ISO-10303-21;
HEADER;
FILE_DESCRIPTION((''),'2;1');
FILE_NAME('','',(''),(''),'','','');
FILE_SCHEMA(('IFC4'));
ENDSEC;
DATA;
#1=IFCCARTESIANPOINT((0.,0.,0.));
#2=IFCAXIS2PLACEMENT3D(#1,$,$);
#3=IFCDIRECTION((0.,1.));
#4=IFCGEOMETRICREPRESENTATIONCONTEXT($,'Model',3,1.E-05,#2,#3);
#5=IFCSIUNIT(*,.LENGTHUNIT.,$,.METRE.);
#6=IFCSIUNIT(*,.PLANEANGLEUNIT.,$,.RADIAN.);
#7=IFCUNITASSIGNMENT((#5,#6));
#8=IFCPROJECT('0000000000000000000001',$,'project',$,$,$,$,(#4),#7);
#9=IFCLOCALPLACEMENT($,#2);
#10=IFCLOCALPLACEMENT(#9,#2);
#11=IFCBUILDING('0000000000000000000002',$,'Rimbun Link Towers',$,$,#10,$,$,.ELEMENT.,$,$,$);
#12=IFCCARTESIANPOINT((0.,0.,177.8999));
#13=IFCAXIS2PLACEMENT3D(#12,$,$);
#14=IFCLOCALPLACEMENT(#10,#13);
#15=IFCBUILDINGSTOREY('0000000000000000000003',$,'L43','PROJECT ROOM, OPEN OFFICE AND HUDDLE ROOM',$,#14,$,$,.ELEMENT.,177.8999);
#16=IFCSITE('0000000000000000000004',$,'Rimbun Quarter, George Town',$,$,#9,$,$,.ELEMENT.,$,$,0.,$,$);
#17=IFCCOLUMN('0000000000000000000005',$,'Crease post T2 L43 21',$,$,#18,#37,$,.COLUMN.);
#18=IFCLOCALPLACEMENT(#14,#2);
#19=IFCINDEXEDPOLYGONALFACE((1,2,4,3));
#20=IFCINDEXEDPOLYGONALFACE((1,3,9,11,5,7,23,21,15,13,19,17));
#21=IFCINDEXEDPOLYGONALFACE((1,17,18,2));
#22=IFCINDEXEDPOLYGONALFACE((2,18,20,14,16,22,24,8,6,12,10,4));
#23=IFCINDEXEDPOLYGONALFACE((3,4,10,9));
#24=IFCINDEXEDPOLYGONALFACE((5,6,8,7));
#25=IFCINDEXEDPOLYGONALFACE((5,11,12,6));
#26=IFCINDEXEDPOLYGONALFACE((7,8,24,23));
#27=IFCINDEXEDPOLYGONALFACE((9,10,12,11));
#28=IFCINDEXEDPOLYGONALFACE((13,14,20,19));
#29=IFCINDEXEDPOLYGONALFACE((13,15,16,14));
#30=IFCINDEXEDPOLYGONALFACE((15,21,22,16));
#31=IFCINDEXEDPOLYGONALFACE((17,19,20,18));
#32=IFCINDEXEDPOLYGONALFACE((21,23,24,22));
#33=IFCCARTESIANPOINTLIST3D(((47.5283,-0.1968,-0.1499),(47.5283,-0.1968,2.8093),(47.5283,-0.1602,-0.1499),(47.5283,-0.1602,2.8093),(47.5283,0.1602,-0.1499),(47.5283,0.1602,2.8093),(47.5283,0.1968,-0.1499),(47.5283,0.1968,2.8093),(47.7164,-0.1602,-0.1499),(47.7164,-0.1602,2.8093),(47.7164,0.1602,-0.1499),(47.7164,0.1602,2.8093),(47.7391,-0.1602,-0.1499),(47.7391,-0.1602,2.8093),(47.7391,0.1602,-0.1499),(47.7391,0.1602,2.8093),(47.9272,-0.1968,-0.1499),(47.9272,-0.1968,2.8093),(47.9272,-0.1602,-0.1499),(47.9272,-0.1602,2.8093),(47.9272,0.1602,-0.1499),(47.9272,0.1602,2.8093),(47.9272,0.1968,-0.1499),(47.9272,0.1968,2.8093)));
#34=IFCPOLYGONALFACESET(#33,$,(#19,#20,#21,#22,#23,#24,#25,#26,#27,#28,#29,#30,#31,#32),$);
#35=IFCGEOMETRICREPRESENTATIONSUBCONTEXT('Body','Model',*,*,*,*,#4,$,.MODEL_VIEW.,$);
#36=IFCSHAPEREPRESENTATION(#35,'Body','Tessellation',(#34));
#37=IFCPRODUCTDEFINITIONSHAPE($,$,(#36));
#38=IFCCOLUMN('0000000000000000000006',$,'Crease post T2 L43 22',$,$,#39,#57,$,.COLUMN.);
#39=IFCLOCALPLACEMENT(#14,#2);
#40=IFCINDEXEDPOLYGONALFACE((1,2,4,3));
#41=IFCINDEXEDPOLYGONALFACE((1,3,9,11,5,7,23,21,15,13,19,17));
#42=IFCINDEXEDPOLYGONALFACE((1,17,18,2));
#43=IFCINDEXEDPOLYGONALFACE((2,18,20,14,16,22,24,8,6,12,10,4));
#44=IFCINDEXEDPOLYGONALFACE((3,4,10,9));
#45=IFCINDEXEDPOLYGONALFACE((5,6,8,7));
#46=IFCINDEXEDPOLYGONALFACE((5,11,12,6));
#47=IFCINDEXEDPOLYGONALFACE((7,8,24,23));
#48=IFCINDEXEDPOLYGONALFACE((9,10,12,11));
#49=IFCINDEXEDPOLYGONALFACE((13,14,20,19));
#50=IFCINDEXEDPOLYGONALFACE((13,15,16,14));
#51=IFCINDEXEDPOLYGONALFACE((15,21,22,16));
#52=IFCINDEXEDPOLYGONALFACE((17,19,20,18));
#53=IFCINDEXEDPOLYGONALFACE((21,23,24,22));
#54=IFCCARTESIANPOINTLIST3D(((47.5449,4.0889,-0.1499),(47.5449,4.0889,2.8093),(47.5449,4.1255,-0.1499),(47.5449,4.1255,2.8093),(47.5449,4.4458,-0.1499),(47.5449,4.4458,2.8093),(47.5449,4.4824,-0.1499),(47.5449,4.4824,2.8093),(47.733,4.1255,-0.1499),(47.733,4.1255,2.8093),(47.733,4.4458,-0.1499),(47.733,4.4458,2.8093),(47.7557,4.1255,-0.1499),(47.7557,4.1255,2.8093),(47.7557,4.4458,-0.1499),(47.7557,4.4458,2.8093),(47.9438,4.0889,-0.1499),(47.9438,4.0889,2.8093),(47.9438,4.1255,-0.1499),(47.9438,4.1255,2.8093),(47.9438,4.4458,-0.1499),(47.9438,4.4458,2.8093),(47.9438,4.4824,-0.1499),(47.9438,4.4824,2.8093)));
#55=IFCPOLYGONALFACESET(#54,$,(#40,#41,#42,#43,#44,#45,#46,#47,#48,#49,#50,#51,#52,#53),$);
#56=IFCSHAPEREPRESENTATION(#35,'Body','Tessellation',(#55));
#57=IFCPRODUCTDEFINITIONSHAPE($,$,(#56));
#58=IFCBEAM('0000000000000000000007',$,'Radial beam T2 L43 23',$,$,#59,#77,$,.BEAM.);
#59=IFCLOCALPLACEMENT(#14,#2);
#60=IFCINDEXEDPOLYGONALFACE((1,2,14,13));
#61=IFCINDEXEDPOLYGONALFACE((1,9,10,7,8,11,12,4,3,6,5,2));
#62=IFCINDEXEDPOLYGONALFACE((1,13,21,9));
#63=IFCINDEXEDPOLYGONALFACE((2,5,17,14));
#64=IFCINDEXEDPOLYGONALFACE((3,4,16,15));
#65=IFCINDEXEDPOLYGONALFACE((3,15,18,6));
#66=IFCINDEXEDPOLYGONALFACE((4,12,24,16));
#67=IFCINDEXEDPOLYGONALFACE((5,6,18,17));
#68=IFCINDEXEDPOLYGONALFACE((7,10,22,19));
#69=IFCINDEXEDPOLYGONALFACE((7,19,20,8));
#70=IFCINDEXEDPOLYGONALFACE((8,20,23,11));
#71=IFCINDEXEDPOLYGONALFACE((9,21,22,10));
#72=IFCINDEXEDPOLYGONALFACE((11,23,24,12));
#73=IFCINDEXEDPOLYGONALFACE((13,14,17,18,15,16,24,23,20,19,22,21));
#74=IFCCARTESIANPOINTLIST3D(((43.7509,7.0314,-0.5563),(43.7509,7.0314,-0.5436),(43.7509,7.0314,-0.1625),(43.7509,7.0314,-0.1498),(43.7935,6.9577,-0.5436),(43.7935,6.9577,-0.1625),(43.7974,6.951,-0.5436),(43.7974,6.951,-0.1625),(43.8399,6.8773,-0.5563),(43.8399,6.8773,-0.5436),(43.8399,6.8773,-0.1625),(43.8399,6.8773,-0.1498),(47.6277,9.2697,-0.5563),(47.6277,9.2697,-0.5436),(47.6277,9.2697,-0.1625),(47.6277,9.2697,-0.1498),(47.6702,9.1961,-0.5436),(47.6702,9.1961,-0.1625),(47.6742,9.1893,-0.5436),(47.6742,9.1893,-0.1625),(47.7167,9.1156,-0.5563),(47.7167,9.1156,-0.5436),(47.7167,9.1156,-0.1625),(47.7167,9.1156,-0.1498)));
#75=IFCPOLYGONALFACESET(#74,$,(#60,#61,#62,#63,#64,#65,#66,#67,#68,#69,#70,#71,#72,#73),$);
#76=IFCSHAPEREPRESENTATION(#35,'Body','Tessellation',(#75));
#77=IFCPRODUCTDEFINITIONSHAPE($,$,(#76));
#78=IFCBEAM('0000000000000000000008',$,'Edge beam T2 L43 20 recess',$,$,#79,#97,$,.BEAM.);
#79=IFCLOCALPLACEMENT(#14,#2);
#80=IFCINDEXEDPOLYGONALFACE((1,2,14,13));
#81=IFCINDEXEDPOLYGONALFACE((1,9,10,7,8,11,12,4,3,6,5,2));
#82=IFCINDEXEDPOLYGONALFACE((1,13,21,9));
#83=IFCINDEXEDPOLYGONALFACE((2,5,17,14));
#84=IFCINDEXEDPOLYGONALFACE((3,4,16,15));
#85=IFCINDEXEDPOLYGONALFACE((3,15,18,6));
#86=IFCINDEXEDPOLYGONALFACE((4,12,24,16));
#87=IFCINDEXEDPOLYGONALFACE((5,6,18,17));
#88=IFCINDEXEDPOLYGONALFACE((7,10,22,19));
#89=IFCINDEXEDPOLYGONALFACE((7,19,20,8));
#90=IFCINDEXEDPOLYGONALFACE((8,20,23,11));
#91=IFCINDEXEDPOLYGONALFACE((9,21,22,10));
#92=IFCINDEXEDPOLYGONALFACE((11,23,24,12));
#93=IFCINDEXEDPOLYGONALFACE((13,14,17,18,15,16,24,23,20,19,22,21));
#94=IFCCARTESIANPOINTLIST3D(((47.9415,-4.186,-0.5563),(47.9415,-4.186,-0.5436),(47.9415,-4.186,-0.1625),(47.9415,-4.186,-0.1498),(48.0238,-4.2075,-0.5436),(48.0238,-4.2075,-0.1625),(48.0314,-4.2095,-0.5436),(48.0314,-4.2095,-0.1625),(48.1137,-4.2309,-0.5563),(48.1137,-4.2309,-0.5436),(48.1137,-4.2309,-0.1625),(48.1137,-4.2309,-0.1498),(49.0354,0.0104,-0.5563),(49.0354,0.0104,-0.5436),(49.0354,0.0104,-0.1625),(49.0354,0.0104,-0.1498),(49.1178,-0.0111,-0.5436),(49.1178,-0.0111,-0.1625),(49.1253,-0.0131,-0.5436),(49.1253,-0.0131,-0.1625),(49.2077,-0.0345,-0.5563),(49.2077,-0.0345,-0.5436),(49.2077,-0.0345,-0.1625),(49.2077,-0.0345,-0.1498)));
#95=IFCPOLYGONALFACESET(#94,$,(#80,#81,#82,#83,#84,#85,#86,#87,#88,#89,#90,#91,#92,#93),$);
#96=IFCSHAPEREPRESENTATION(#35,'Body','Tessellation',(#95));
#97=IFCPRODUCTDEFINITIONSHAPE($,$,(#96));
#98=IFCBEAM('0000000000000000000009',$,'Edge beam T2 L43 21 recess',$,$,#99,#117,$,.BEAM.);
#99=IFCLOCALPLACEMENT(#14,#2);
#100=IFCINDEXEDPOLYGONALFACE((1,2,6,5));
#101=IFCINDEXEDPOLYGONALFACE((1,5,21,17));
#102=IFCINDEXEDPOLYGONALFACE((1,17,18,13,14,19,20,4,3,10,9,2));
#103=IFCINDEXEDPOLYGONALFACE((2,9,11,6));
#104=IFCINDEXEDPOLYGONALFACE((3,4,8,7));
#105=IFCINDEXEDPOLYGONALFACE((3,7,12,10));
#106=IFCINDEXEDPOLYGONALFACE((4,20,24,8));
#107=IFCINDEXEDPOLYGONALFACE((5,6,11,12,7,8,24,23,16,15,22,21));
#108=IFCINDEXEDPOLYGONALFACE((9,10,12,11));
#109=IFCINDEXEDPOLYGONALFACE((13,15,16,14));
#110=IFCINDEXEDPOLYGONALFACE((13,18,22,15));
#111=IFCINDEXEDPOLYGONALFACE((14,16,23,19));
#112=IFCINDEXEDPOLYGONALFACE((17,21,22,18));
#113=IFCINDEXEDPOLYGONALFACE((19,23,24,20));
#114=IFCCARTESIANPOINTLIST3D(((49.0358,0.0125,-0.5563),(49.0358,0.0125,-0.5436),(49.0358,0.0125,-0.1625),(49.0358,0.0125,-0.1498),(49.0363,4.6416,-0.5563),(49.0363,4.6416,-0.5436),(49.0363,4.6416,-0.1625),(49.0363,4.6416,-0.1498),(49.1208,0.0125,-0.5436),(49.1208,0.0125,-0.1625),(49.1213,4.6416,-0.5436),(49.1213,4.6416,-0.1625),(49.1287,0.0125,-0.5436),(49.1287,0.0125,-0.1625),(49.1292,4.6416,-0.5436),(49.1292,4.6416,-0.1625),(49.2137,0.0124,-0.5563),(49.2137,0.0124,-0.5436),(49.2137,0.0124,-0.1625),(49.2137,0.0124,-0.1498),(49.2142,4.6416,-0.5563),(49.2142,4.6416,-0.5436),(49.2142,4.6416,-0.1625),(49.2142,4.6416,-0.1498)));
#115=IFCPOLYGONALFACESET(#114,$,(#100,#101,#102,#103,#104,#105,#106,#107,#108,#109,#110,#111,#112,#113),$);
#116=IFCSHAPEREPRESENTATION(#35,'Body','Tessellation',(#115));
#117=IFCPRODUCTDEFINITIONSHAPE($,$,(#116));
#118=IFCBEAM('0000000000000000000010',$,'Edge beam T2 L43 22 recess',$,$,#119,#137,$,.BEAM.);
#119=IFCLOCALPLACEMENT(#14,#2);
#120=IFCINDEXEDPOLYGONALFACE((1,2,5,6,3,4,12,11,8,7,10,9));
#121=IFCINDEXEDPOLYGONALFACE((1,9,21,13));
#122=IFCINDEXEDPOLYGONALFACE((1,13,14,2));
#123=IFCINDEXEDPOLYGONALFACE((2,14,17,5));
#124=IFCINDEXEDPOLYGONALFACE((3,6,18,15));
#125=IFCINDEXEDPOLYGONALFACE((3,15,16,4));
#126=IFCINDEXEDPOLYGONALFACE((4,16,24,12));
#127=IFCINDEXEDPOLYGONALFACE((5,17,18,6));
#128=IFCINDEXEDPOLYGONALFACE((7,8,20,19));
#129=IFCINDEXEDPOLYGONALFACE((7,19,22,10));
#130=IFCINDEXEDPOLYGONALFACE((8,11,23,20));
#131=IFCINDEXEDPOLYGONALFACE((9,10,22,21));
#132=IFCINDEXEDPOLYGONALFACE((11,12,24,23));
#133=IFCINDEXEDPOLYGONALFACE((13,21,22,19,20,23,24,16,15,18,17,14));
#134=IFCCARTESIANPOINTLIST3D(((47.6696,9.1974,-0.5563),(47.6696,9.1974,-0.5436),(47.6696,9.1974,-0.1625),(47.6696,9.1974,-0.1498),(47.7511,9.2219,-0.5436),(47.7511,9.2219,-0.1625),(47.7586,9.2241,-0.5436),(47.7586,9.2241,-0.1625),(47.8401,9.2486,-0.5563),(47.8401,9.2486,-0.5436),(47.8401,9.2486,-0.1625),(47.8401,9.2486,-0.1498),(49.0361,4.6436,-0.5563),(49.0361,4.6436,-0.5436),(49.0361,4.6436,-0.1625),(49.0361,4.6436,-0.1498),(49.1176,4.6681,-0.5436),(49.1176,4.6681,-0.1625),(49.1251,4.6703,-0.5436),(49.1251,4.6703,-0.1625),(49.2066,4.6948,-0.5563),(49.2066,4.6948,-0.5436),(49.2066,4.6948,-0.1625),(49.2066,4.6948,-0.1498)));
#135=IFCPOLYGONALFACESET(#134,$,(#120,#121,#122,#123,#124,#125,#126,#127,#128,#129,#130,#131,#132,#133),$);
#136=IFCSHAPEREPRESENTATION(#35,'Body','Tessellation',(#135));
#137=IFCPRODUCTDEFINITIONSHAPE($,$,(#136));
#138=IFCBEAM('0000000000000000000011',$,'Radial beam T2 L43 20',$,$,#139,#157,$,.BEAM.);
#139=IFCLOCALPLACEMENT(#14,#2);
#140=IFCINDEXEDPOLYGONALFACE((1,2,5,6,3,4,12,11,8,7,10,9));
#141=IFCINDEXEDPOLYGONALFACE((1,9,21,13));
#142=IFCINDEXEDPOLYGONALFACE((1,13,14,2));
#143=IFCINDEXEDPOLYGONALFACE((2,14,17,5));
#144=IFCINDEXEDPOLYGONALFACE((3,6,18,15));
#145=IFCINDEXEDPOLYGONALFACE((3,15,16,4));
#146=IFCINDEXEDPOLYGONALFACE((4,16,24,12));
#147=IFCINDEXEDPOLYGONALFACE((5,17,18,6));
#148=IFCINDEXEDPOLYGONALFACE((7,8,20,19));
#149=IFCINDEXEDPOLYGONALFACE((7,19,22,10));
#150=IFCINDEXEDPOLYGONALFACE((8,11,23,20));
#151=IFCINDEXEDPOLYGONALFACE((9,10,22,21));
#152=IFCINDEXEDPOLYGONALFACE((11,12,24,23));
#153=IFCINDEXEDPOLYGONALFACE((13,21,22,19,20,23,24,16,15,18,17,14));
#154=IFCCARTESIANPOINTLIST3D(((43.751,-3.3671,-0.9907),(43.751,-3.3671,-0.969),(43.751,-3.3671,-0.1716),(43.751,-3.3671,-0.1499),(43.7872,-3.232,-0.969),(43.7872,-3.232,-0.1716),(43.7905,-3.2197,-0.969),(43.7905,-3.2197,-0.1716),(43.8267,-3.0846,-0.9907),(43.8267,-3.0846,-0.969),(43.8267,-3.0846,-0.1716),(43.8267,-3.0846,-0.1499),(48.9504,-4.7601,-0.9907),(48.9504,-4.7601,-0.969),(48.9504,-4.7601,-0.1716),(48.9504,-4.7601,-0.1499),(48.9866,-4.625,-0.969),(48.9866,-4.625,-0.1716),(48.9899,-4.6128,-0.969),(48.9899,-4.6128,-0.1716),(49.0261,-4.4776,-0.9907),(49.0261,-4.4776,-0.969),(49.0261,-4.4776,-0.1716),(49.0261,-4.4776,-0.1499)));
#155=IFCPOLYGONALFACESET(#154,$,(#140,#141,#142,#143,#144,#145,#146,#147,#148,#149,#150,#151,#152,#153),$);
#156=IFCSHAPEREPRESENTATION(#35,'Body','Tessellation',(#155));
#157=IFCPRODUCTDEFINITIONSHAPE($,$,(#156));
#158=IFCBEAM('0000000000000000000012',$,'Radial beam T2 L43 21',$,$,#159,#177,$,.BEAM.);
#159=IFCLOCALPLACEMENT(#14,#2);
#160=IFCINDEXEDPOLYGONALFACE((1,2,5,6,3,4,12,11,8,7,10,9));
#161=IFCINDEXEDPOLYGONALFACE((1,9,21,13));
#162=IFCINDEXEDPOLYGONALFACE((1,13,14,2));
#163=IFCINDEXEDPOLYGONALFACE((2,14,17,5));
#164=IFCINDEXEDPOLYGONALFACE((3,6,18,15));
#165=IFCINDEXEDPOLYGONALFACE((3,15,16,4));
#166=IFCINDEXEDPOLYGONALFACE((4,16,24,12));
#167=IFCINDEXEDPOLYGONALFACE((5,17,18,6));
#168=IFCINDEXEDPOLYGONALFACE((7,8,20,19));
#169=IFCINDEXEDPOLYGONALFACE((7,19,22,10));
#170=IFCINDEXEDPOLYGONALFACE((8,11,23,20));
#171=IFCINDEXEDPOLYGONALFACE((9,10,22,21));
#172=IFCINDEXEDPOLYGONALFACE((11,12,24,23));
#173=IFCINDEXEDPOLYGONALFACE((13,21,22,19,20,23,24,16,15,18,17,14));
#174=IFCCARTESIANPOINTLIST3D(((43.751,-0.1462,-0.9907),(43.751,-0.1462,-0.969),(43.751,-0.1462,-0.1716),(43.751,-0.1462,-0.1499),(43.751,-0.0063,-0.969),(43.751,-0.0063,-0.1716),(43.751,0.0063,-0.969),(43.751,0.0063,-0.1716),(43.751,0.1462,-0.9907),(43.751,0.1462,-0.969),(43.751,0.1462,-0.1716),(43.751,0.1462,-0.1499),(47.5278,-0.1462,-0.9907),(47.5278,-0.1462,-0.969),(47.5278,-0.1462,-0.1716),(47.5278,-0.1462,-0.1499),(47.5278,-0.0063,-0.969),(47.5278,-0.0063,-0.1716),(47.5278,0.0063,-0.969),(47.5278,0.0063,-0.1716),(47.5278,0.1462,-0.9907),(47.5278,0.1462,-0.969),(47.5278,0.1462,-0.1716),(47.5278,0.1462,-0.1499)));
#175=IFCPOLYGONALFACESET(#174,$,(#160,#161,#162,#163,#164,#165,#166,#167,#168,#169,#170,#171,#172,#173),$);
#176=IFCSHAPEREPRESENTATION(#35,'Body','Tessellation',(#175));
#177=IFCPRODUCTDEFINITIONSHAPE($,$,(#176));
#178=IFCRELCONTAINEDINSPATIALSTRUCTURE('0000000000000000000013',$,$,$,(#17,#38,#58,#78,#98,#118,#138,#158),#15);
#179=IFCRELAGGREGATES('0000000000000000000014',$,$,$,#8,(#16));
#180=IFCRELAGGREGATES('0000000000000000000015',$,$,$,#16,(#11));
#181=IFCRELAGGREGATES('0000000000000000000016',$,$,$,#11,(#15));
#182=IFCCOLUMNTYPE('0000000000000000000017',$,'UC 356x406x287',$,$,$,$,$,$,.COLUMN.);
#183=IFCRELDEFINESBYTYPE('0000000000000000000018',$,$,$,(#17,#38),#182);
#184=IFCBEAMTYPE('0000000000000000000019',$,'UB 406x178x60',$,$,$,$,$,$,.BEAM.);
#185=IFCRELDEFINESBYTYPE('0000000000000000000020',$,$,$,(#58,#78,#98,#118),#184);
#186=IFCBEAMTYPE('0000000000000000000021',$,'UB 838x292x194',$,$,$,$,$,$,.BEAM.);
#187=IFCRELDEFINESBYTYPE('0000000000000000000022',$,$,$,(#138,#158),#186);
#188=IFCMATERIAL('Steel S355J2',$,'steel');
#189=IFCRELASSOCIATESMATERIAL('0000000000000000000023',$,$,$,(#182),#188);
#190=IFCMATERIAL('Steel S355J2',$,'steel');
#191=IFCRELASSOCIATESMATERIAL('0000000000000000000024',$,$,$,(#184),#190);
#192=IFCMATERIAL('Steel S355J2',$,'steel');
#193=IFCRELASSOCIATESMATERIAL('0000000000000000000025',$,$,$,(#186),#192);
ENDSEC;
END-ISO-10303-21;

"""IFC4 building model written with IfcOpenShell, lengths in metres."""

from ifc_helpers import new_model, si_unit, direction, frame, origin, origin_2d, place, context, subcontext, project, spatial, i_section, extrude, material, material_profile, profile_set, type_object, element, save


model = new_model("IFC4")

# Units and contexts
model_context = context("Model", 3, precision=1e-05, world=origin(), true_north=direction((0.0, 1.0)))
body_context = subcontext(model_context, "Body", "Model", "MODEL_VIEW")
ifc_project = project(units=[si_unit("LENGTHUNIT", "METRE"), si_unit("PLANEANGLEUNIT", "RADIAN")], contexts=[model_context])

# Site, building, storey
site_placement = place(None, origin())
site = spatial("IfcSite", under=ifc_project, at=site_placement, Name="Rimbun Quarter, George Town", CompositionType="ELEMENT", RefElevation=0.0)
building_placement = place(site_placement, origin())
building = spatial("IfcBuilding", under=site, at=building_placement, Name="Rimbun Link Towers", CompositionType="ELEMENT")
storey_placement = place(building_placement, frame((0.0, 0.0, 177.8999)))
storey = spatial("IfcBuildingStorey", under=building, at=storey_placement, Name="L43", Description="PROJECT ROOM, OPEN OFFICE AND HUDDLE ROOM", CompositionType="ELEMENT", Elevation=177.8999)

# Columns
ifc_material_1 = material(Name="Steel S355J2", Category="steel")
ifc_material_profile_1 = material_profile(ifc_material_1, i_section(OverallWidth=0.3989, OverallDepth=0.3936, WebThickness=0.0227, FlangeThickness=0.0366, at=origin_2d()), Name="UC 356x406x287")
ifc_profile_set_1 = profile_set([ifc_material_profile_1], Name="Steel S355J2")
column_type = type_object("IfcColumnType", Name="UC 356x406x287", PredefinedType="COLUMN", material=ifc_profile_set_1)
for number, where, z_axis, x_axis, name in (
    (1, (47.7278, 0.0, -0.1499), (0.0, 0.0, 1.0), (1.0, 0.0, 0.0), "Crease post T2 L43 21"),
    (2, (47.7444, 4.2856, -0.1499), (0.0, 0.0, 1.0), (1.0, 0.0, 0.0), "Crease post T2 L43 22"),
):
    element("IfcColumn", number, at=place(storey_placement, frame(where, z_axis=z_axis, x_axis=x_axis)), inside=storey, type_object=column_type, Name=name, PredefinedType="COLUMN", context=body_context, shape_type="SweptSolid", body=[
        extrude(i_section(OverallWidth=0.3989, OverallDepth=0.3936, WebThickness=0.0227, FlangeThickness=0.0366, at=origin_2d()), origin(), (0.0, 0.0, 1.0), 2.9592),
    ])

# Beams
ifc_material_2 = material(Name="Steel S355J2", Category="steel")
ifc_material_profile_2 = material_profile(ifc_material_2, i_section(OverallWidth=0.178, OverallDepth=0.4065, WebThickness=0.0078, FlangeThickness=0.0127, at=origin_2d()), Name="UB 406x178x60")
ifc_profile_set_2 = profile_set([ifc_material_profile_2], Name="Steel S355J2")
beam_type_1 = type_object("IfcBeamType", Name="UB 406x178x60", PredefinedType="BEAM", material=ifc_profile_set_2)
beam_1_placement = place(storey_placement, frame((43.7954, 6.9543, -0.353), z_axis=(0.866019, 0.50001, 0.0), x_axis=(-0.50001, 0.866019, 0.0)))
element("IfcBeam", 3, at=beam_1_placement, inside=storey, type_object=beam_type_1, Name="Radial beam T2 L43 23", PredefinedType="BEAM", context=body_context, shape_type="SweptSolid", body=[
    extrude(i_section(OverallWidth=0.178, OverallDepth=0.4065, WebThickness=0.0078, FlangeThickness=0.0127, at=origin_2d()), origin(), (0.0, 0.0, 1.0), 4.4766),
])
beam_2_placement = place(storey_placement, frame((48.0276, -4.2085, -0.353), z_axis=(0.252259, 0.96766, 0.0), x_axis=(-0.96766, 0.252259, 0.0)))
element("IfcBeam", 4, at=beam_2_placement, inside=storey, type_object=beam_type_1, Name="Edge beam T2 L43 20 recess", PredefinedType="BEAM", context=body_context, shape_type="SweptSolid", body=[
    extrude(i_section(OverallWidth=0.178, OverallDepth=0.4065, WebThickness=0.0078, FlangeThickness=0.0127, at=origin_2d()), origin(), (0.0, 0.0, 1.0), 4.3367),
])
beam_3_placement = place(storey_placement, frame((49.1248, 0.0125, -0.353), z_axis=(0.000105, 1.0, 0.0), x_axis=(-1.0, 0.000105, 0.0)))
element("IfcBeam", 5, at=beam_3_placement, inside=storey, type_object=beam_type_1, Name="Edge beam T2 L43 21 recess", PredefinedType="BEAM", context=body_context, shape_type="SweptSolid", body=[
    extrude(i_section(OverallWidth=0.178, OverallDepth=0.4065, WebThickness=0.0078, FlangeThickness=0.0127, at=origin_2d()), origin(), (0.0, 0.0, 1.0), 4.6292),
])
beam_4_placement = place(storey_placement, frame((49.1213, 4.6692, -0.353), z_axis=(-0.287414, 0.957806, 0.0), x_axis=(-0.957806, -0.287414, 0.0)))
element("IfcBeam", 6, at=beam_4_placement, inside=storey, type_object=beam_type_1, Name="Edge beam T2 L43 22 recess", PredefinedType="BEAM", context=body_context, shape_type="SweptSolid", body=[
    extrude(i_section(OverallWidth=0.178, OverallDepth=0.4065, WebThickness=0.0078, FlangeThickness=0.0127, at=origin_2d()), origin(), (0.0, 0.0, 1.0), 4.7544),
])
ifc_material_3 = material(Name="Steel S355J2", Category="steel")
ifc_material_profile_3 = material_profile(ifc_material_3, i_section(OverallWidth=0.2925, OverallDepth=0.8408, WebThickness=0.0127, FlangeThickness=0.0217, at=origin_2d()), Name="UB 838x292x194")
ifc_profile_set_3 = profile_set([ifc_material_profile_3], Name="Steel S355J2")
beam_type_2 = type_object("IfcBeamType", Name="UB 838x292x194", PredefinedType="BEAM", material=ifc_profile_set_3)
beam_5_placement = place(storey_placement, frame((43.7888, -3.2258, -0.5703), z_axis=(0.965932, -0.258797, 0.0), x_axis=(0.258797, 0.965932, 0.0)))
element("IfcBeam", 7, at=beam_5_placement, inside=storey, type_object=beam_type_2, Name="Radial beam T2 L43 20", PredefinedType="BEAM", context=body_context, shape_type="SweptSolid", body=[
    extrude(i_section(OverallWidth=0.2925, OverallDepth=0.8408, WebThickness=0.0127, FlangeThickness=0.0217, at=origin_2d()), origin(), (0.0, 0.0, 1.0), 5.3828),
])
beam_6_placement = place(storey_placement, frame((43.751, 0.0, -0.5703), z_axis=(1.0, 0.0, 0.0), x_axis=(0.0, 1.0, 0.0)))
element("IfcBeam", 8, at=beam_6_placement, inside=storey, type_object=beam_type_2, Name="Radial beam T2 L43 21", PredefinedType="BEAM", context=body_context, shape_type="SweptSolid", body=[
    extrude(i_section(OverallWidth=0.2925, OverallDepth=0.8408, WebThickness=0.0127, FlangeThickness=0.0217, at=origin_2d()), origin(), (0.0, 0.0, 1.0), 3.7769),
])

save(model, "model.ifc")
